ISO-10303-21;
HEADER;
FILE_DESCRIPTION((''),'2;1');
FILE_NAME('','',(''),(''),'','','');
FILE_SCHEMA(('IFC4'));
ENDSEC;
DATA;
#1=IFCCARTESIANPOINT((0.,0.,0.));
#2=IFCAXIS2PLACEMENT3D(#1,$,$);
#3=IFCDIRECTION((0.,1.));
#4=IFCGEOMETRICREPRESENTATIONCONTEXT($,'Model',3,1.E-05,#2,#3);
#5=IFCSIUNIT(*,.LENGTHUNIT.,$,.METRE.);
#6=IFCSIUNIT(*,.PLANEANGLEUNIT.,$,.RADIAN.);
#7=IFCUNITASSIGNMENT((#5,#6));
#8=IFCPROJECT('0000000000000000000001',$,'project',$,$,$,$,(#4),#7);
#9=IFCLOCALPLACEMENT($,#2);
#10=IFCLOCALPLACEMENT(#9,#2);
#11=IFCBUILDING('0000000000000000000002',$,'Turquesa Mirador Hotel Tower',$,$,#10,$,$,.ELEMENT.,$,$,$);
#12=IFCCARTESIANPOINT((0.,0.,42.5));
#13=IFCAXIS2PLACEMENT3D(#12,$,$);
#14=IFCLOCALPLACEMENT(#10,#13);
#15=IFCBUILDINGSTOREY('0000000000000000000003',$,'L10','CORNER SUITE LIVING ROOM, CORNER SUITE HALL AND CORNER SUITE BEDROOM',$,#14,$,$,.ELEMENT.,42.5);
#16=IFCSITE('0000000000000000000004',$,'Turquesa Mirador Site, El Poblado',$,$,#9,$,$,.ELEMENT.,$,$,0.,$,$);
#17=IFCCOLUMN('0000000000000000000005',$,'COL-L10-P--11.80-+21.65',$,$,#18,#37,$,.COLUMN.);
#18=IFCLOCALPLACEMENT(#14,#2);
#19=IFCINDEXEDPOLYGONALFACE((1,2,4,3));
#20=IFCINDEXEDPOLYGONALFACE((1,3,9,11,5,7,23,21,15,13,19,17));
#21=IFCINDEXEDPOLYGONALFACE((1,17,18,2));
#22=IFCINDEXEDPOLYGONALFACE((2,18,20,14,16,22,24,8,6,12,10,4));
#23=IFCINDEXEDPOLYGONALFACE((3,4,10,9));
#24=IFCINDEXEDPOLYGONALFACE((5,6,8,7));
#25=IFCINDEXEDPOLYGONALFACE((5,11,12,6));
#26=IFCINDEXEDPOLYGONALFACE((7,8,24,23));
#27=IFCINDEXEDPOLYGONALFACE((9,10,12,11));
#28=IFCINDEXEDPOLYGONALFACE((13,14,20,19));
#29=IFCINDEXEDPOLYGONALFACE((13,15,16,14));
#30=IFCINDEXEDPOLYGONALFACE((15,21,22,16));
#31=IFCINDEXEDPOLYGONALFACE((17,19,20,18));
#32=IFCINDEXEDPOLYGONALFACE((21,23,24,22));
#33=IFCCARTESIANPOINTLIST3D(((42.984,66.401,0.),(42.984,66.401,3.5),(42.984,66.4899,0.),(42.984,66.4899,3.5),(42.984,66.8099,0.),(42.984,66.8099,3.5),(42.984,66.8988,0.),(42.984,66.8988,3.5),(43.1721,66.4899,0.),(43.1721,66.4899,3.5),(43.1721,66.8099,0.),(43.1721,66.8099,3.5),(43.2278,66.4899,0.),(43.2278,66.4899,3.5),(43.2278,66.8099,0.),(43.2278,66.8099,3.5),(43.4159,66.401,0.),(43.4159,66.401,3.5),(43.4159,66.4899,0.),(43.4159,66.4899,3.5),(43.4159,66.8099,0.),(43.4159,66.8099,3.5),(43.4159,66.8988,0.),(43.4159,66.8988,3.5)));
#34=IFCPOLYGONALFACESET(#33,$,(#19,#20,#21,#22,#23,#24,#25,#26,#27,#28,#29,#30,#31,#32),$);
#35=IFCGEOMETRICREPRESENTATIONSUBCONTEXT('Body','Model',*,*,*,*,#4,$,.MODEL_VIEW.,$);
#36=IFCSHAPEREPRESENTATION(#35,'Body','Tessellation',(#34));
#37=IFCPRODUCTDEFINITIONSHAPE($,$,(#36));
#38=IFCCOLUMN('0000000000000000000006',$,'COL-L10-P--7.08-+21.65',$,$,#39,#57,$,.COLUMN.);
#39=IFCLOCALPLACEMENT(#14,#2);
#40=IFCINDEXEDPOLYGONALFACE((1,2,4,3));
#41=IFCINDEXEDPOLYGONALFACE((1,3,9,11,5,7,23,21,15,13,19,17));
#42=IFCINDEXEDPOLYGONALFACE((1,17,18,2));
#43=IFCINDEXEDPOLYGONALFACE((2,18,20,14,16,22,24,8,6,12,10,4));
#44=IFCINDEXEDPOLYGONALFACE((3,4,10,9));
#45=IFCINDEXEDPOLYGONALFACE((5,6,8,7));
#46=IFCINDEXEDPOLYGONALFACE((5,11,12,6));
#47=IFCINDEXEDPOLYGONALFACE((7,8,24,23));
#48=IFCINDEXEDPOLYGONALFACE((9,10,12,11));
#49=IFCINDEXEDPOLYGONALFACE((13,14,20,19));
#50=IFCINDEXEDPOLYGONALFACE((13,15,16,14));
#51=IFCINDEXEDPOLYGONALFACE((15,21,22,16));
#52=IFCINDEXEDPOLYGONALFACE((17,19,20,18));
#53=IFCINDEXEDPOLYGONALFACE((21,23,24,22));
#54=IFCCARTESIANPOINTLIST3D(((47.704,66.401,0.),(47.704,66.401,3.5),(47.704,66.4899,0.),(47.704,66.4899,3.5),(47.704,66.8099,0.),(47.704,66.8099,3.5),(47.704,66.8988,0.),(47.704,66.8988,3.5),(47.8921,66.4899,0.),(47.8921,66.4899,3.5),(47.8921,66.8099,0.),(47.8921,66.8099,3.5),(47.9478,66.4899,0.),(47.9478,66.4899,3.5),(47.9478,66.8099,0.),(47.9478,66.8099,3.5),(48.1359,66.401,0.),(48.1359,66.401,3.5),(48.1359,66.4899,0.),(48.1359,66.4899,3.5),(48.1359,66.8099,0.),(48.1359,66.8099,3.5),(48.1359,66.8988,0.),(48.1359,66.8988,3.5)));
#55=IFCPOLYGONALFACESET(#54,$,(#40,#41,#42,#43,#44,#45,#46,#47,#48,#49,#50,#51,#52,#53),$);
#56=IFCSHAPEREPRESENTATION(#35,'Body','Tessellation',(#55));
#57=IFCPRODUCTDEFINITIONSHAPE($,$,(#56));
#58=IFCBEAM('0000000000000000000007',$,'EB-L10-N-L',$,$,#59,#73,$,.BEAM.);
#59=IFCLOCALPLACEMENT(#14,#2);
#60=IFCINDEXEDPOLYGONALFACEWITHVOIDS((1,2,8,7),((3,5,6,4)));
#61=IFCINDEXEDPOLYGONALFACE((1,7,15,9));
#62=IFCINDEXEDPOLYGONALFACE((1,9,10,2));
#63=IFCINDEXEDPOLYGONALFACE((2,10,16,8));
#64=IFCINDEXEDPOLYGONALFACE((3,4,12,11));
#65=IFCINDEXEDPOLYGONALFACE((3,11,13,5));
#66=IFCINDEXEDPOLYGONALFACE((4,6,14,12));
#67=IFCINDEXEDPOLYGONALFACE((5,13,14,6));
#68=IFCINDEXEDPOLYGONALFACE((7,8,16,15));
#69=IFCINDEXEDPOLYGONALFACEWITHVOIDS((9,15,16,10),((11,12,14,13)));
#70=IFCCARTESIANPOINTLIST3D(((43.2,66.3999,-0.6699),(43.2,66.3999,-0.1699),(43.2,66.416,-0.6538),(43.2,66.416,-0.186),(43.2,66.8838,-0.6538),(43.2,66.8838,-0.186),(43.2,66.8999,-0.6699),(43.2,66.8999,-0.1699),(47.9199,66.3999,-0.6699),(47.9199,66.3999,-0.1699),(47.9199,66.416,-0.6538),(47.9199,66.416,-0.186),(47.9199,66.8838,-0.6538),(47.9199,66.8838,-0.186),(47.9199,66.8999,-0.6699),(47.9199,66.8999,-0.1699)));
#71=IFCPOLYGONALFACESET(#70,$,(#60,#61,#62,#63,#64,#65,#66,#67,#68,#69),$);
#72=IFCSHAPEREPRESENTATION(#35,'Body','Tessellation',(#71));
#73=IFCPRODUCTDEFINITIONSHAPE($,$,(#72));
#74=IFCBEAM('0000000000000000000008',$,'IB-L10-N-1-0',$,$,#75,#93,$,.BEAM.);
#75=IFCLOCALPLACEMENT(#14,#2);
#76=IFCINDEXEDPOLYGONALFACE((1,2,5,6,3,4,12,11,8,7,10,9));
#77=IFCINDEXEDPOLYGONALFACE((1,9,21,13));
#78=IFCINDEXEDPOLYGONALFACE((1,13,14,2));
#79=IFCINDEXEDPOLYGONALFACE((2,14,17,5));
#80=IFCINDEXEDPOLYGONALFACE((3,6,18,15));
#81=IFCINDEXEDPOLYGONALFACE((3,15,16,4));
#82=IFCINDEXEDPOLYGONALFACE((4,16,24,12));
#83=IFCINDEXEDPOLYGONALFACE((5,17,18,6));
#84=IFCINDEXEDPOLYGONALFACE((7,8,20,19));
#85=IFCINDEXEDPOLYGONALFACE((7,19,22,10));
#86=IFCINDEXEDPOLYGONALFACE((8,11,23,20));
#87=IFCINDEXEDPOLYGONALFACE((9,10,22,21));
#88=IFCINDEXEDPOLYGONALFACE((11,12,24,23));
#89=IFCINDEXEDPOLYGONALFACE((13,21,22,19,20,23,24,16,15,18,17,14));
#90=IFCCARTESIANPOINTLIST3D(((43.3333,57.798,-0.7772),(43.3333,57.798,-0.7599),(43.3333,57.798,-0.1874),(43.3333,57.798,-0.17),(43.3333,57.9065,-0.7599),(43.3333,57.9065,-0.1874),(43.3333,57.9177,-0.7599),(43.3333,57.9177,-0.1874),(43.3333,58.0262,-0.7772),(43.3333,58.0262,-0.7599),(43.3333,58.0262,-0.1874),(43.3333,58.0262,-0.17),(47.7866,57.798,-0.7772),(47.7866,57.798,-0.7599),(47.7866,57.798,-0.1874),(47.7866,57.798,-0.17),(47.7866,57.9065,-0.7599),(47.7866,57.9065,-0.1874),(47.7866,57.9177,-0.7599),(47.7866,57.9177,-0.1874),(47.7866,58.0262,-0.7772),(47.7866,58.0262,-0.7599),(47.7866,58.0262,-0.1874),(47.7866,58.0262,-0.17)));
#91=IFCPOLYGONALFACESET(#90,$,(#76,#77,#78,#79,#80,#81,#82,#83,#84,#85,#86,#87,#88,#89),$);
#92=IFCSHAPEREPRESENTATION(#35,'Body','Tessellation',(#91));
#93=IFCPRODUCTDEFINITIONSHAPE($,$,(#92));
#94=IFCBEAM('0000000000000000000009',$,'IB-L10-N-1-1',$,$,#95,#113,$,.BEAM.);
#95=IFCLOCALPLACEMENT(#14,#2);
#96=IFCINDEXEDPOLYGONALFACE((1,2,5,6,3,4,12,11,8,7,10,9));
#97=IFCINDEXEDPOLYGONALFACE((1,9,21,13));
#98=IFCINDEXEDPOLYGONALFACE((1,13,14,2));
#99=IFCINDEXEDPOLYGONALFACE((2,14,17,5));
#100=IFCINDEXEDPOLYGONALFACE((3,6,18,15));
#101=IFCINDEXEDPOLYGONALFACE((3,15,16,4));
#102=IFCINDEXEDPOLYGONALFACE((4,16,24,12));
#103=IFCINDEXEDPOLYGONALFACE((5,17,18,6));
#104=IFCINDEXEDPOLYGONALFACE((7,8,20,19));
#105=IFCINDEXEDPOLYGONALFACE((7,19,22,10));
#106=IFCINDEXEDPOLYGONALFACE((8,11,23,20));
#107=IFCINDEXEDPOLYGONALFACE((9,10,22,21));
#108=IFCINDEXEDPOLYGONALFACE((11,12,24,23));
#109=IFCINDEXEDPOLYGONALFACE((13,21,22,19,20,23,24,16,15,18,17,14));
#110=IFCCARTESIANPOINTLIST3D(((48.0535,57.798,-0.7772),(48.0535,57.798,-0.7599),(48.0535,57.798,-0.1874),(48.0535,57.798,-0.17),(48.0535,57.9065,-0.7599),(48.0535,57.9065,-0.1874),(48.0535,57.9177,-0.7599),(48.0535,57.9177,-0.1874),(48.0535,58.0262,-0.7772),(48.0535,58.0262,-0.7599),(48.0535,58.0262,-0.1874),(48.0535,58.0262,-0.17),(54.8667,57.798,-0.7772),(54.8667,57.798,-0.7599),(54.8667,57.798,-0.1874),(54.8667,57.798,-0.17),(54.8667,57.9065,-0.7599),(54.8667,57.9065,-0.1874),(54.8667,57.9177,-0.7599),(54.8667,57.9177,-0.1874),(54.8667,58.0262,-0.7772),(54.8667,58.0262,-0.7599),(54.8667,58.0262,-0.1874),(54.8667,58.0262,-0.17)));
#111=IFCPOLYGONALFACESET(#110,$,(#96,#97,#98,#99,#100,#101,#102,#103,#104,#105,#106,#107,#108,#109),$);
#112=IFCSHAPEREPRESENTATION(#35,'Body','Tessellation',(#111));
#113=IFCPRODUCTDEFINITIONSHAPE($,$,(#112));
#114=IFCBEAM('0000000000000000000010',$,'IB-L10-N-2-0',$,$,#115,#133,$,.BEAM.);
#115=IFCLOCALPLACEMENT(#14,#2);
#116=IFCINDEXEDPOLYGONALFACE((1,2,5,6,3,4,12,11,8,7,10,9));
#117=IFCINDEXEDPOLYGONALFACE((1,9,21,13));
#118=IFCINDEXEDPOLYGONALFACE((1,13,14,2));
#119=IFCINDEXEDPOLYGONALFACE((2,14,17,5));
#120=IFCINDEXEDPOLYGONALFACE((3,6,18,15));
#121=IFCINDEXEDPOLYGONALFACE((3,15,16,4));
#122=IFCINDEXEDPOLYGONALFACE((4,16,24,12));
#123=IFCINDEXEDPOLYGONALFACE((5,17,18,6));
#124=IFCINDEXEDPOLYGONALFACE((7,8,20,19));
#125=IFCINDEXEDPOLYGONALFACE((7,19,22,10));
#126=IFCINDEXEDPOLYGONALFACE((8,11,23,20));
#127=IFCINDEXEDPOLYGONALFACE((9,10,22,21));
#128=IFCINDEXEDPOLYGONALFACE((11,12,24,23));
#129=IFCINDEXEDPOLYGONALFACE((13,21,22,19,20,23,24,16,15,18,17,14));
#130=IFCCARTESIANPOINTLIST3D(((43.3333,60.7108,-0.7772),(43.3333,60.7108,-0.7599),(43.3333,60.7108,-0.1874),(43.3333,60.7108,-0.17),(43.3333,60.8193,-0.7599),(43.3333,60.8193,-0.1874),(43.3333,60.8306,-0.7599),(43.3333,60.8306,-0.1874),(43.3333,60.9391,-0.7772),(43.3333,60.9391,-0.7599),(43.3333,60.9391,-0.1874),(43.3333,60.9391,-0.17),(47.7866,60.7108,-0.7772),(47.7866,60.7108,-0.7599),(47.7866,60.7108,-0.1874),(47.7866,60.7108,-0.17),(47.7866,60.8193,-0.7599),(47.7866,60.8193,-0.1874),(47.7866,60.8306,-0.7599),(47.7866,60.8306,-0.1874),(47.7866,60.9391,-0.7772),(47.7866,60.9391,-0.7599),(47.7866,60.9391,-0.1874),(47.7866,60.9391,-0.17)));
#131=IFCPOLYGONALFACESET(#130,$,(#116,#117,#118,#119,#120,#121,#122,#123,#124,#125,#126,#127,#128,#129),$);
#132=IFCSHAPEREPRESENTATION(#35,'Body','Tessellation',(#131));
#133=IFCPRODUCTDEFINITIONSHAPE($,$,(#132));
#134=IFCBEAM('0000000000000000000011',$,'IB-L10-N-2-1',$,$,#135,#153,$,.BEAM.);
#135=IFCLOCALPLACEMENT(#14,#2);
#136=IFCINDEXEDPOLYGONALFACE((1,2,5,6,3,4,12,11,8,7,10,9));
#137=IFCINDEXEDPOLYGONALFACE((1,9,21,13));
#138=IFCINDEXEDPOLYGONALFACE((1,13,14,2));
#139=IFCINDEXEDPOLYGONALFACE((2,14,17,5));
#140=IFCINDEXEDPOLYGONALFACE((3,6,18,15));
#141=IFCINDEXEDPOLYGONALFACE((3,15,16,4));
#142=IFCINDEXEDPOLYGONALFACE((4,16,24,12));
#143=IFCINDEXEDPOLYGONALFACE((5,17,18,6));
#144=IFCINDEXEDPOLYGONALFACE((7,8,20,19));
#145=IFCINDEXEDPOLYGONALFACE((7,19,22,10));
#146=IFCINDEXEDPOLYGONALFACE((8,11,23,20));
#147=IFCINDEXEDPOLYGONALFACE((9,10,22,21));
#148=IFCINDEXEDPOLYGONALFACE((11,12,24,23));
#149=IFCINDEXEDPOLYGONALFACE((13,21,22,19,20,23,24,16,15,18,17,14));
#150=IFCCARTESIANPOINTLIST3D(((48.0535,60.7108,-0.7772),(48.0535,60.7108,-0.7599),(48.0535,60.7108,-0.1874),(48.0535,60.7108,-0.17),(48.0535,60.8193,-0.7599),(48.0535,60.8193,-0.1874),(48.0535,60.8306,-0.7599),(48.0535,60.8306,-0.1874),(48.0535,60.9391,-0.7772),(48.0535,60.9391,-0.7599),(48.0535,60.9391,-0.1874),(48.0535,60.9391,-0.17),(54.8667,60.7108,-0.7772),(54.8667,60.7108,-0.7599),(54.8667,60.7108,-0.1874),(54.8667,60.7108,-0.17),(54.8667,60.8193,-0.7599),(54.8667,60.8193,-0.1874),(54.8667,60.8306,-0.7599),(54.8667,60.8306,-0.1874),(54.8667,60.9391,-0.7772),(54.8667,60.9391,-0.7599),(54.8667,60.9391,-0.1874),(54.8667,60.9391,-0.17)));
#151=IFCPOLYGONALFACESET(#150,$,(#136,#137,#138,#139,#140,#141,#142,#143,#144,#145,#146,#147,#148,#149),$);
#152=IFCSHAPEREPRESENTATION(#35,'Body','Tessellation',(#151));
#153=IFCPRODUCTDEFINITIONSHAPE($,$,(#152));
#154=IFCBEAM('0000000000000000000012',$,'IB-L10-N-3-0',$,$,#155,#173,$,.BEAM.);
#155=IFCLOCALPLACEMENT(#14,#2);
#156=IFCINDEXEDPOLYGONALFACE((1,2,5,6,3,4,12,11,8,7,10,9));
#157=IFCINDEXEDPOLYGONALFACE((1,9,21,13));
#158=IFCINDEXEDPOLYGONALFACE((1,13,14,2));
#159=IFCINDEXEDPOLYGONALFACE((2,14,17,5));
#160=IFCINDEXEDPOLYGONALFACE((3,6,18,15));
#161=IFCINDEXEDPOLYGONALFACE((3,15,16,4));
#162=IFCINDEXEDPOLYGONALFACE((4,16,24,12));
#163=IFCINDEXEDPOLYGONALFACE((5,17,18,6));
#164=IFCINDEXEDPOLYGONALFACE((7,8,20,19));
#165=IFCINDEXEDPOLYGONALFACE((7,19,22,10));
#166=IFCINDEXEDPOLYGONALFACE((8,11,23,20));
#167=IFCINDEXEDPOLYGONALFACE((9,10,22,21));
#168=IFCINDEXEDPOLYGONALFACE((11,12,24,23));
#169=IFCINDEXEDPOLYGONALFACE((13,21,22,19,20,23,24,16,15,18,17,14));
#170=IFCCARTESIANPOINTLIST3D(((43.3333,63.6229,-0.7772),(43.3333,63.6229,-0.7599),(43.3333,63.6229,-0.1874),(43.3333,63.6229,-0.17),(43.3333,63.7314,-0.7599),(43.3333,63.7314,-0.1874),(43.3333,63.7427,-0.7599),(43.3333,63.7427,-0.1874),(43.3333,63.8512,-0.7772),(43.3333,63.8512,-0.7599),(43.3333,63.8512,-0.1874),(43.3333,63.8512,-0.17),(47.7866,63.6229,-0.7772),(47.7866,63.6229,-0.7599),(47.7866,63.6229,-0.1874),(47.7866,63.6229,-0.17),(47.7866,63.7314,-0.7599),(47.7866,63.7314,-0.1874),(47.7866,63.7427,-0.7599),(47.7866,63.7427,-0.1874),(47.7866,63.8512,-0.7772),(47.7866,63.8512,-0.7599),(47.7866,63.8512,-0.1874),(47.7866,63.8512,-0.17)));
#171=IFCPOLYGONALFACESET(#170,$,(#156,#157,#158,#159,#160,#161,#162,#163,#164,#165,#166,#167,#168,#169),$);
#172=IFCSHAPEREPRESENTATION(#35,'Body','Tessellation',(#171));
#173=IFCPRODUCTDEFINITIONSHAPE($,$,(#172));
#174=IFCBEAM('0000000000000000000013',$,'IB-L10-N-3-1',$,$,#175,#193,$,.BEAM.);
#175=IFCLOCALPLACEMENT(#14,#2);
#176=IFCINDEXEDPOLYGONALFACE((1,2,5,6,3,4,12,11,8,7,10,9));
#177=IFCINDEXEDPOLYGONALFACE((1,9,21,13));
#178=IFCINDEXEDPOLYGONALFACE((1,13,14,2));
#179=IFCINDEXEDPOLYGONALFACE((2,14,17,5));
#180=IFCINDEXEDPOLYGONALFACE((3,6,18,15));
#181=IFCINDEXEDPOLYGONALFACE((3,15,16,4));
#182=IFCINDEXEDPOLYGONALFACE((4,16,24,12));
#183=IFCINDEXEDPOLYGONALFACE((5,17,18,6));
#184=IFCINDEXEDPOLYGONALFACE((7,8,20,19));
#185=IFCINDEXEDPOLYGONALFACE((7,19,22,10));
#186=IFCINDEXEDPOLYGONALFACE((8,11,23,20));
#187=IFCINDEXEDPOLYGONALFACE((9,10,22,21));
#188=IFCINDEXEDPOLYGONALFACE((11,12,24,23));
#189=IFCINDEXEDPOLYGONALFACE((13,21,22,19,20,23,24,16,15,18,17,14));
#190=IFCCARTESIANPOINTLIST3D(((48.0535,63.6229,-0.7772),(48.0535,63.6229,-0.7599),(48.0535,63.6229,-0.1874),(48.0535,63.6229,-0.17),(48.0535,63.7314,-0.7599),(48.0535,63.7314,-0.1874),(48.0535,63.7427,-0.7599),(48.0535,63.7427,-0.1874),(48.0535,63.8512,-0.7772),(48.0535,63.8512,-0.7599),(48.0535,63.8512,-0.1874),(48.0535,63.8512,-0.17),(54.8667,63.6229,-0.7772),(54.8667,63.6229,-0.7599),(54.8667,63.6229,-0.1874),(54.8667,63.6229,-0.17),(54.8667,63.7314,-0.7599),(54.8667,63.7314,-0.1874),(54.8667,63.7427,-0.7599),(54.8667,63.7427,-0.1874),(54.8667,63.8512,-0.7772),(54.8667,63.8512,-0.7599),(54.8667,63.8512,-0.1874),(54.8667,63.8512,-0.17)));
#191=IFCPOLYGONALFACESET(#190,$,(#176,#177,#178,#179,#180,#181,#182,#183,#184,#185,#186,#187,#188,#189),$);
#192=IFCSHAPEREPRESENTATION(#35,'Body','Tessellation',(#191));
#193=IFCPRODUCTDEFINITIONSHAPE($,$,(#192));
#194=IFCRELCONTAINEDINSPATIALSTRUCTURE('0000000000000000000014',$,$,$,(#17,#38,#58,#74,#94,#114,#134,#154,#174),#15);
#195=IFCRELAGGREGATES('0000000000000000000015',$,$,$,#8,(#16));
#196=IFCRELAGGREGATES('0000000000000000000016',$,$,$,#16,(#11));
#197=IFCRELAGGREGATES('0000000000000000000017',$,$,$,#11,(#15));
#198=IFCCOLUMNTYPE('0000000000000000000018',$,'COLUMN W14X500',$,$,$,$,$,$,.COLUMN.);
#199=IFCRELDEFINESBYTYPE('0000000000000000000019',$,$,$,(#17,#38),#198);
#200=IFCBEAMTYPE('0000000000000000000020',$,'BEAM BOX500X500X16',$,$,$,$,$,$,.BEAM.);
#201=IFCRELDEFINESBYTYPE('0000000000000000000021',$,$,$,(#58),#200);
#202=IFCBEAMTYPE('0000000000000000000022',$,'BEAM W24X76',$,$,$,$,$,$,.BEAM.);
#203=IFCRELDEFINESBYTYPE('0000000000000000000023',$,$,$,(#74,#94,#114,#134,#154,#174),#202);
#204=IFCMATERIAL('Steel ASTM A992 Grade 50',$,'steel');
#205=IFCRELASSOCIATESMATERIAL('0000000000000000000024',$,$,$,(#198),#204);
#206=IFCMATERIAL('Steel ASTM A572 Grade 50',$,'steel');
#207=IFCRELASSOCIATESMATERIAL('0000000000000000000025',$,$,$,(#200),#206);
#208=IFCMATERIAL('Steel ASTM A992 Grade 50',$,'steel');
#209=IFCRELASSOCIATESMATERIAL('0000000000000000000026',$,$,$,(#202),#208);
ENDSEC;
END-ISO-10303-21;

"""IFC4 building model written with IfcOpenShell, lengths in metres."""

from ifc_helpers import new_model, si_unit, direction, frame, origin, origin_2d, place, context, subcontext, project, spatial, hollow_rectangle, i_section, extrude, material, material_profile, profile_set, type_object, element, save


model = new_model("IFC4")

# Units and contexts
model_context = context("Model", 3, precision=1e-05, world=origin(), true_north=direction((0.0, 1.0)))
body_context = subcontext(model_context, "Body", "Model", "MODEL_VIEW")
ifc_project = project(units=[si_unit("LENGTHUNIT", "METRE"), si_unit("PLANEANGLEUNIT", "RADIAN")], contexts=[model_context])

# Site, building, storey
site_placement = place(None, origin())
site = spatial("IfcSite", under=ifc_project, at=site_placement, Name="Turquesa Mirador Site, El Poblado", CompositionType="ELEMENT", RefElevation=0.0)
building_placement = place(site_placement, origin())
building = spatial("IfcBuilding", under=site, at=building_placement, Name="Turquesa Mirador Hotel Tower", CompositionType="ELEMENT")
storey_placement = place(building_placement, frame((0.0, 0.0, 42.5)))
storey = spatial("IfcBuildingStorey", under=building, at=storey_placement, Name="L10", Description="CORNER SUITE LIVING ROOM, CORNER SUITE HALL AND CORNER SUITE BEDROOM", CompositionType="ELEMENT", Elevation=42.5)

# Columns
ifc_material_1 = material(Name="Steel ASTM A992 Grade 50", Category="steel")
ifc_material_profile_1 = material_profile(ifc_material_1, i_section(OverallWidth=0.4319, OverallDepth=0.4978, WebThickness=0.0557, FlangeThickness=0.0889, at=origin_2d()), Name="W14X500")
ifc_profile_set_1 = profile_set([ifc_material_profile_1], Name="Steel ASTM A992 Grade 50")
column_type = type_object("IfcColumnType", Name="COLUMN W14X500", PredefinedType="COLUMN", material=ifc_profile_set_1)
for number, where, z_axis, x_axis, name in (
    (1, (43.2, 66.6499, 0.0), (0.0, 0.0, 1.0), (1.0, 0.0, 0.0), "COL-L10-P--11.80-+21.65"),
    (2, (47.9199, 66.6499, 0.0), (0.0, 0.0, 1.0), (1.0, 0.0, 0.0), "COL-L10-P--7.08-+21.65"),
):
    element("IfcColumn", number, at=place(storey_placement, frame(where, z_axis=z_axis, x_axis=x_axis)), inside=storey, type_object=column_type, Name=name, PredefinedType="COLUMN", context=body_context, shape_type="SweptSolid", body=[
        extrude(i_section(OverallWidth=0.4319, OverallDepth=0.4978, WebThickness=0.0557, FlangeThickness=0.0889, at=origin_2d()), origin(), (0.0, 0.0, 1.0), 3.5),
    ])

# Beams
ifc_material_2 = material(Name="Steel ASTM A572 Grade 50", Category="steel")
ifc_material_profile_2 = material_profile(ifc_material_2, hollow_rectangle(XDim=0.5, YDim=0.5, WallThickness=0.0161, at=origin_2d()), Name="BOX500X500X16")
ifc_profile_set_2 = profile_set([ifc_material_profile_2], Name="Steel ASTM A572 Grade 50")
beam_type_1 = type_object("IfcBeamType", Name="BEAM BOX500X500X16", PredefinedType="BEAM", material=ifc_profile_set_2)
beam_1_placement = place(storey_placement, frame((43.2, 66.6499, -0.4199), z_axis=(1.0, 0.0, 0.0), x_axis=(0.0, 1.0, 0.0)))
element("IfcBeam", 3, at=beam_1_placement, inside=storey, type_object=beam_type_1, Name="EB-L10-N-L", PredefinedType="BEAM", context=body_context, shape_type="SweptSolid", body=[
    extrude(hollow_rectangle(XDim=0.5, YDim=0.5, WallThickness=0.0161, at=origin_2d()), origin(), (0.0, 0.0, 1.0), 4.72),
])
ifc_material_3 = material(Name="Steel ASTM A992 Grade 50", Category="steel")
ifc_material_profile_3 = material_profile(ifc_material_3, i_section(OverallWidth=0.2283, OverallDepth=0.6072, WebThickness=0.0112, FlangeThickness=0.0173, at=origin_2d()), Name="W24X76")
ifc_profile_set_3 = profile_set([ifc_material_profile_3], Name="Steel ASTM A992 Grade 50")
beam_type_2 = type_object("IfcBeamType", Name="BEAM W24X76", PredefinedType="BEAM", material=ifc_profile_set_3)
beam_2_placement = place(storey_placement, frame((43.3333, 57.9121, -0.4736), z_axis=(1.0, 0.0, 0.0), x_axis=(0.0, 1.0, 0.0)))
element("IfcBeam", 4, at=beam_2_placement, inside=storey, type_object=beam_type_2, Name="IB-L10-N-1-0", PredefinedType="BEAM", context=body_context, shape_type="SweptSolid", body=[
    extrude(i_section(OverallWidth=0.2283, OverallDepth=0.6072, WebThickness=0.0112, FlangeThickness=0.0173, at=origin_2d()), origin(), (0.0, 0.0, 1.0), 4.4534),
])
beam_3_placement = place(storey_placement, frame((48.0535, 57.9121, -0.4736), z_axis=(1.0, 0.0, 0.0), x_axis=(0.0, 1.0, 0.0)))
element("IfcBeam", 5, at=beam_3_placement, inside=storey, type_object=beam_type_2, Name="IB-L10-N-1-1", PredefinedType="BEAM", context=body_context, shape_type="SweptSolid", body=[
    extrude(i_section(OverallWidth=0.2283, OverallDepth=0.6072, WebThickness=0.0112, FlangeThickness=0.0173, at=origin_2d()), origin(), (0.0, 0.0, 1.0), 6.8132),
])
beam_4_placement = place(storey_placement, frame((43.3333, 60.825, -0.4736), z_axis=(1.0, 0.0, 0.0), x_axis=(0.0, 1.0, 0.0)))
element("IfcBeam", 6, at=beam_4_placement, inside=storey, type_object=beam_type_2, Name="IB-L10-N-2-0", PredefinedType="BEAM", context=body_context, shape_type="SweptSolid", body=[
    extrude(i_section(OverallWidth=0.2283, OverallDepth=0.6072, WebThickness=0.0112, FlangeThickness=0.0173, at=origin_2d()), origin(), (0.0, 0.0, 1.0), 4.4534),
])
beam_5_placement = place(storey_placement, frame((48.0535, 60.825, -0.4736), z_axis=(1.0, 0.0, 0.0), x_axis=(0.0, 1.0, 0.0)))
element("IfcBeam", 7, at=beam_5_placement, inside=storey, type_object=beam_type_2, Name="IB-L10-N-2-1", PredefinedType="BEAM", context=body_context, shape_type="SweptSolid", body=[
    extrude(i_section(OverallWidth=0.2283, OverallDepth=0.6072, WebThickness=0.0112, FlangeThickness=0.0173, at=origin_2d()), origin(), (0.0, 0.0, 1.0), 6.8132),
])
beam_6_placement = place(storey_placement, frame((43.3333, 63.7371, -0.4736), z_axis=(1.0, 0.0, 0.0), x_axis=(0.0, 1.0, 0.0)))
element("IfcBeam", 8, at=beam_6_placement, inside=storey, type_object=beam_type_2, Name="IB-L10-N-3-0", PredefinedType="BEAM", context=body_context, shape_type="SweptSolid", body=[
    extrude(i_section(OverallWidth=0.2283, OverallDepth=0.6072, WebThickness=0.0112, FlangeThickness=0.0173, at=origin_2d()), origin(), (0.0, 0.0, 1.0), 4.4534),
])
beam_7_placement = place(storey_placement, frame((48.0535, 63.7371, -0.4736), z_axis=(1.0, 0.0, 0.0), x_axis=(0.0, 1.0, 0.0)))
element("IfcBeam", 9, at=beam_7_placement, inside=storey, type_object=beam_type_2, Name="IB-L10-N-3-1", PredefinedType="BEAM", context=body_context, shape_type="SweptSolid", body=[
    extrude(i_section(OverallWidth=0.2283, OverallDepth=0.6072, WebThickness=0.0112, FlangeThickness=0.0173, at=origin_2d()), origin(), (0.0, 0.0, 1.0), 6.8132),
])

save(model, "model.ifc")
